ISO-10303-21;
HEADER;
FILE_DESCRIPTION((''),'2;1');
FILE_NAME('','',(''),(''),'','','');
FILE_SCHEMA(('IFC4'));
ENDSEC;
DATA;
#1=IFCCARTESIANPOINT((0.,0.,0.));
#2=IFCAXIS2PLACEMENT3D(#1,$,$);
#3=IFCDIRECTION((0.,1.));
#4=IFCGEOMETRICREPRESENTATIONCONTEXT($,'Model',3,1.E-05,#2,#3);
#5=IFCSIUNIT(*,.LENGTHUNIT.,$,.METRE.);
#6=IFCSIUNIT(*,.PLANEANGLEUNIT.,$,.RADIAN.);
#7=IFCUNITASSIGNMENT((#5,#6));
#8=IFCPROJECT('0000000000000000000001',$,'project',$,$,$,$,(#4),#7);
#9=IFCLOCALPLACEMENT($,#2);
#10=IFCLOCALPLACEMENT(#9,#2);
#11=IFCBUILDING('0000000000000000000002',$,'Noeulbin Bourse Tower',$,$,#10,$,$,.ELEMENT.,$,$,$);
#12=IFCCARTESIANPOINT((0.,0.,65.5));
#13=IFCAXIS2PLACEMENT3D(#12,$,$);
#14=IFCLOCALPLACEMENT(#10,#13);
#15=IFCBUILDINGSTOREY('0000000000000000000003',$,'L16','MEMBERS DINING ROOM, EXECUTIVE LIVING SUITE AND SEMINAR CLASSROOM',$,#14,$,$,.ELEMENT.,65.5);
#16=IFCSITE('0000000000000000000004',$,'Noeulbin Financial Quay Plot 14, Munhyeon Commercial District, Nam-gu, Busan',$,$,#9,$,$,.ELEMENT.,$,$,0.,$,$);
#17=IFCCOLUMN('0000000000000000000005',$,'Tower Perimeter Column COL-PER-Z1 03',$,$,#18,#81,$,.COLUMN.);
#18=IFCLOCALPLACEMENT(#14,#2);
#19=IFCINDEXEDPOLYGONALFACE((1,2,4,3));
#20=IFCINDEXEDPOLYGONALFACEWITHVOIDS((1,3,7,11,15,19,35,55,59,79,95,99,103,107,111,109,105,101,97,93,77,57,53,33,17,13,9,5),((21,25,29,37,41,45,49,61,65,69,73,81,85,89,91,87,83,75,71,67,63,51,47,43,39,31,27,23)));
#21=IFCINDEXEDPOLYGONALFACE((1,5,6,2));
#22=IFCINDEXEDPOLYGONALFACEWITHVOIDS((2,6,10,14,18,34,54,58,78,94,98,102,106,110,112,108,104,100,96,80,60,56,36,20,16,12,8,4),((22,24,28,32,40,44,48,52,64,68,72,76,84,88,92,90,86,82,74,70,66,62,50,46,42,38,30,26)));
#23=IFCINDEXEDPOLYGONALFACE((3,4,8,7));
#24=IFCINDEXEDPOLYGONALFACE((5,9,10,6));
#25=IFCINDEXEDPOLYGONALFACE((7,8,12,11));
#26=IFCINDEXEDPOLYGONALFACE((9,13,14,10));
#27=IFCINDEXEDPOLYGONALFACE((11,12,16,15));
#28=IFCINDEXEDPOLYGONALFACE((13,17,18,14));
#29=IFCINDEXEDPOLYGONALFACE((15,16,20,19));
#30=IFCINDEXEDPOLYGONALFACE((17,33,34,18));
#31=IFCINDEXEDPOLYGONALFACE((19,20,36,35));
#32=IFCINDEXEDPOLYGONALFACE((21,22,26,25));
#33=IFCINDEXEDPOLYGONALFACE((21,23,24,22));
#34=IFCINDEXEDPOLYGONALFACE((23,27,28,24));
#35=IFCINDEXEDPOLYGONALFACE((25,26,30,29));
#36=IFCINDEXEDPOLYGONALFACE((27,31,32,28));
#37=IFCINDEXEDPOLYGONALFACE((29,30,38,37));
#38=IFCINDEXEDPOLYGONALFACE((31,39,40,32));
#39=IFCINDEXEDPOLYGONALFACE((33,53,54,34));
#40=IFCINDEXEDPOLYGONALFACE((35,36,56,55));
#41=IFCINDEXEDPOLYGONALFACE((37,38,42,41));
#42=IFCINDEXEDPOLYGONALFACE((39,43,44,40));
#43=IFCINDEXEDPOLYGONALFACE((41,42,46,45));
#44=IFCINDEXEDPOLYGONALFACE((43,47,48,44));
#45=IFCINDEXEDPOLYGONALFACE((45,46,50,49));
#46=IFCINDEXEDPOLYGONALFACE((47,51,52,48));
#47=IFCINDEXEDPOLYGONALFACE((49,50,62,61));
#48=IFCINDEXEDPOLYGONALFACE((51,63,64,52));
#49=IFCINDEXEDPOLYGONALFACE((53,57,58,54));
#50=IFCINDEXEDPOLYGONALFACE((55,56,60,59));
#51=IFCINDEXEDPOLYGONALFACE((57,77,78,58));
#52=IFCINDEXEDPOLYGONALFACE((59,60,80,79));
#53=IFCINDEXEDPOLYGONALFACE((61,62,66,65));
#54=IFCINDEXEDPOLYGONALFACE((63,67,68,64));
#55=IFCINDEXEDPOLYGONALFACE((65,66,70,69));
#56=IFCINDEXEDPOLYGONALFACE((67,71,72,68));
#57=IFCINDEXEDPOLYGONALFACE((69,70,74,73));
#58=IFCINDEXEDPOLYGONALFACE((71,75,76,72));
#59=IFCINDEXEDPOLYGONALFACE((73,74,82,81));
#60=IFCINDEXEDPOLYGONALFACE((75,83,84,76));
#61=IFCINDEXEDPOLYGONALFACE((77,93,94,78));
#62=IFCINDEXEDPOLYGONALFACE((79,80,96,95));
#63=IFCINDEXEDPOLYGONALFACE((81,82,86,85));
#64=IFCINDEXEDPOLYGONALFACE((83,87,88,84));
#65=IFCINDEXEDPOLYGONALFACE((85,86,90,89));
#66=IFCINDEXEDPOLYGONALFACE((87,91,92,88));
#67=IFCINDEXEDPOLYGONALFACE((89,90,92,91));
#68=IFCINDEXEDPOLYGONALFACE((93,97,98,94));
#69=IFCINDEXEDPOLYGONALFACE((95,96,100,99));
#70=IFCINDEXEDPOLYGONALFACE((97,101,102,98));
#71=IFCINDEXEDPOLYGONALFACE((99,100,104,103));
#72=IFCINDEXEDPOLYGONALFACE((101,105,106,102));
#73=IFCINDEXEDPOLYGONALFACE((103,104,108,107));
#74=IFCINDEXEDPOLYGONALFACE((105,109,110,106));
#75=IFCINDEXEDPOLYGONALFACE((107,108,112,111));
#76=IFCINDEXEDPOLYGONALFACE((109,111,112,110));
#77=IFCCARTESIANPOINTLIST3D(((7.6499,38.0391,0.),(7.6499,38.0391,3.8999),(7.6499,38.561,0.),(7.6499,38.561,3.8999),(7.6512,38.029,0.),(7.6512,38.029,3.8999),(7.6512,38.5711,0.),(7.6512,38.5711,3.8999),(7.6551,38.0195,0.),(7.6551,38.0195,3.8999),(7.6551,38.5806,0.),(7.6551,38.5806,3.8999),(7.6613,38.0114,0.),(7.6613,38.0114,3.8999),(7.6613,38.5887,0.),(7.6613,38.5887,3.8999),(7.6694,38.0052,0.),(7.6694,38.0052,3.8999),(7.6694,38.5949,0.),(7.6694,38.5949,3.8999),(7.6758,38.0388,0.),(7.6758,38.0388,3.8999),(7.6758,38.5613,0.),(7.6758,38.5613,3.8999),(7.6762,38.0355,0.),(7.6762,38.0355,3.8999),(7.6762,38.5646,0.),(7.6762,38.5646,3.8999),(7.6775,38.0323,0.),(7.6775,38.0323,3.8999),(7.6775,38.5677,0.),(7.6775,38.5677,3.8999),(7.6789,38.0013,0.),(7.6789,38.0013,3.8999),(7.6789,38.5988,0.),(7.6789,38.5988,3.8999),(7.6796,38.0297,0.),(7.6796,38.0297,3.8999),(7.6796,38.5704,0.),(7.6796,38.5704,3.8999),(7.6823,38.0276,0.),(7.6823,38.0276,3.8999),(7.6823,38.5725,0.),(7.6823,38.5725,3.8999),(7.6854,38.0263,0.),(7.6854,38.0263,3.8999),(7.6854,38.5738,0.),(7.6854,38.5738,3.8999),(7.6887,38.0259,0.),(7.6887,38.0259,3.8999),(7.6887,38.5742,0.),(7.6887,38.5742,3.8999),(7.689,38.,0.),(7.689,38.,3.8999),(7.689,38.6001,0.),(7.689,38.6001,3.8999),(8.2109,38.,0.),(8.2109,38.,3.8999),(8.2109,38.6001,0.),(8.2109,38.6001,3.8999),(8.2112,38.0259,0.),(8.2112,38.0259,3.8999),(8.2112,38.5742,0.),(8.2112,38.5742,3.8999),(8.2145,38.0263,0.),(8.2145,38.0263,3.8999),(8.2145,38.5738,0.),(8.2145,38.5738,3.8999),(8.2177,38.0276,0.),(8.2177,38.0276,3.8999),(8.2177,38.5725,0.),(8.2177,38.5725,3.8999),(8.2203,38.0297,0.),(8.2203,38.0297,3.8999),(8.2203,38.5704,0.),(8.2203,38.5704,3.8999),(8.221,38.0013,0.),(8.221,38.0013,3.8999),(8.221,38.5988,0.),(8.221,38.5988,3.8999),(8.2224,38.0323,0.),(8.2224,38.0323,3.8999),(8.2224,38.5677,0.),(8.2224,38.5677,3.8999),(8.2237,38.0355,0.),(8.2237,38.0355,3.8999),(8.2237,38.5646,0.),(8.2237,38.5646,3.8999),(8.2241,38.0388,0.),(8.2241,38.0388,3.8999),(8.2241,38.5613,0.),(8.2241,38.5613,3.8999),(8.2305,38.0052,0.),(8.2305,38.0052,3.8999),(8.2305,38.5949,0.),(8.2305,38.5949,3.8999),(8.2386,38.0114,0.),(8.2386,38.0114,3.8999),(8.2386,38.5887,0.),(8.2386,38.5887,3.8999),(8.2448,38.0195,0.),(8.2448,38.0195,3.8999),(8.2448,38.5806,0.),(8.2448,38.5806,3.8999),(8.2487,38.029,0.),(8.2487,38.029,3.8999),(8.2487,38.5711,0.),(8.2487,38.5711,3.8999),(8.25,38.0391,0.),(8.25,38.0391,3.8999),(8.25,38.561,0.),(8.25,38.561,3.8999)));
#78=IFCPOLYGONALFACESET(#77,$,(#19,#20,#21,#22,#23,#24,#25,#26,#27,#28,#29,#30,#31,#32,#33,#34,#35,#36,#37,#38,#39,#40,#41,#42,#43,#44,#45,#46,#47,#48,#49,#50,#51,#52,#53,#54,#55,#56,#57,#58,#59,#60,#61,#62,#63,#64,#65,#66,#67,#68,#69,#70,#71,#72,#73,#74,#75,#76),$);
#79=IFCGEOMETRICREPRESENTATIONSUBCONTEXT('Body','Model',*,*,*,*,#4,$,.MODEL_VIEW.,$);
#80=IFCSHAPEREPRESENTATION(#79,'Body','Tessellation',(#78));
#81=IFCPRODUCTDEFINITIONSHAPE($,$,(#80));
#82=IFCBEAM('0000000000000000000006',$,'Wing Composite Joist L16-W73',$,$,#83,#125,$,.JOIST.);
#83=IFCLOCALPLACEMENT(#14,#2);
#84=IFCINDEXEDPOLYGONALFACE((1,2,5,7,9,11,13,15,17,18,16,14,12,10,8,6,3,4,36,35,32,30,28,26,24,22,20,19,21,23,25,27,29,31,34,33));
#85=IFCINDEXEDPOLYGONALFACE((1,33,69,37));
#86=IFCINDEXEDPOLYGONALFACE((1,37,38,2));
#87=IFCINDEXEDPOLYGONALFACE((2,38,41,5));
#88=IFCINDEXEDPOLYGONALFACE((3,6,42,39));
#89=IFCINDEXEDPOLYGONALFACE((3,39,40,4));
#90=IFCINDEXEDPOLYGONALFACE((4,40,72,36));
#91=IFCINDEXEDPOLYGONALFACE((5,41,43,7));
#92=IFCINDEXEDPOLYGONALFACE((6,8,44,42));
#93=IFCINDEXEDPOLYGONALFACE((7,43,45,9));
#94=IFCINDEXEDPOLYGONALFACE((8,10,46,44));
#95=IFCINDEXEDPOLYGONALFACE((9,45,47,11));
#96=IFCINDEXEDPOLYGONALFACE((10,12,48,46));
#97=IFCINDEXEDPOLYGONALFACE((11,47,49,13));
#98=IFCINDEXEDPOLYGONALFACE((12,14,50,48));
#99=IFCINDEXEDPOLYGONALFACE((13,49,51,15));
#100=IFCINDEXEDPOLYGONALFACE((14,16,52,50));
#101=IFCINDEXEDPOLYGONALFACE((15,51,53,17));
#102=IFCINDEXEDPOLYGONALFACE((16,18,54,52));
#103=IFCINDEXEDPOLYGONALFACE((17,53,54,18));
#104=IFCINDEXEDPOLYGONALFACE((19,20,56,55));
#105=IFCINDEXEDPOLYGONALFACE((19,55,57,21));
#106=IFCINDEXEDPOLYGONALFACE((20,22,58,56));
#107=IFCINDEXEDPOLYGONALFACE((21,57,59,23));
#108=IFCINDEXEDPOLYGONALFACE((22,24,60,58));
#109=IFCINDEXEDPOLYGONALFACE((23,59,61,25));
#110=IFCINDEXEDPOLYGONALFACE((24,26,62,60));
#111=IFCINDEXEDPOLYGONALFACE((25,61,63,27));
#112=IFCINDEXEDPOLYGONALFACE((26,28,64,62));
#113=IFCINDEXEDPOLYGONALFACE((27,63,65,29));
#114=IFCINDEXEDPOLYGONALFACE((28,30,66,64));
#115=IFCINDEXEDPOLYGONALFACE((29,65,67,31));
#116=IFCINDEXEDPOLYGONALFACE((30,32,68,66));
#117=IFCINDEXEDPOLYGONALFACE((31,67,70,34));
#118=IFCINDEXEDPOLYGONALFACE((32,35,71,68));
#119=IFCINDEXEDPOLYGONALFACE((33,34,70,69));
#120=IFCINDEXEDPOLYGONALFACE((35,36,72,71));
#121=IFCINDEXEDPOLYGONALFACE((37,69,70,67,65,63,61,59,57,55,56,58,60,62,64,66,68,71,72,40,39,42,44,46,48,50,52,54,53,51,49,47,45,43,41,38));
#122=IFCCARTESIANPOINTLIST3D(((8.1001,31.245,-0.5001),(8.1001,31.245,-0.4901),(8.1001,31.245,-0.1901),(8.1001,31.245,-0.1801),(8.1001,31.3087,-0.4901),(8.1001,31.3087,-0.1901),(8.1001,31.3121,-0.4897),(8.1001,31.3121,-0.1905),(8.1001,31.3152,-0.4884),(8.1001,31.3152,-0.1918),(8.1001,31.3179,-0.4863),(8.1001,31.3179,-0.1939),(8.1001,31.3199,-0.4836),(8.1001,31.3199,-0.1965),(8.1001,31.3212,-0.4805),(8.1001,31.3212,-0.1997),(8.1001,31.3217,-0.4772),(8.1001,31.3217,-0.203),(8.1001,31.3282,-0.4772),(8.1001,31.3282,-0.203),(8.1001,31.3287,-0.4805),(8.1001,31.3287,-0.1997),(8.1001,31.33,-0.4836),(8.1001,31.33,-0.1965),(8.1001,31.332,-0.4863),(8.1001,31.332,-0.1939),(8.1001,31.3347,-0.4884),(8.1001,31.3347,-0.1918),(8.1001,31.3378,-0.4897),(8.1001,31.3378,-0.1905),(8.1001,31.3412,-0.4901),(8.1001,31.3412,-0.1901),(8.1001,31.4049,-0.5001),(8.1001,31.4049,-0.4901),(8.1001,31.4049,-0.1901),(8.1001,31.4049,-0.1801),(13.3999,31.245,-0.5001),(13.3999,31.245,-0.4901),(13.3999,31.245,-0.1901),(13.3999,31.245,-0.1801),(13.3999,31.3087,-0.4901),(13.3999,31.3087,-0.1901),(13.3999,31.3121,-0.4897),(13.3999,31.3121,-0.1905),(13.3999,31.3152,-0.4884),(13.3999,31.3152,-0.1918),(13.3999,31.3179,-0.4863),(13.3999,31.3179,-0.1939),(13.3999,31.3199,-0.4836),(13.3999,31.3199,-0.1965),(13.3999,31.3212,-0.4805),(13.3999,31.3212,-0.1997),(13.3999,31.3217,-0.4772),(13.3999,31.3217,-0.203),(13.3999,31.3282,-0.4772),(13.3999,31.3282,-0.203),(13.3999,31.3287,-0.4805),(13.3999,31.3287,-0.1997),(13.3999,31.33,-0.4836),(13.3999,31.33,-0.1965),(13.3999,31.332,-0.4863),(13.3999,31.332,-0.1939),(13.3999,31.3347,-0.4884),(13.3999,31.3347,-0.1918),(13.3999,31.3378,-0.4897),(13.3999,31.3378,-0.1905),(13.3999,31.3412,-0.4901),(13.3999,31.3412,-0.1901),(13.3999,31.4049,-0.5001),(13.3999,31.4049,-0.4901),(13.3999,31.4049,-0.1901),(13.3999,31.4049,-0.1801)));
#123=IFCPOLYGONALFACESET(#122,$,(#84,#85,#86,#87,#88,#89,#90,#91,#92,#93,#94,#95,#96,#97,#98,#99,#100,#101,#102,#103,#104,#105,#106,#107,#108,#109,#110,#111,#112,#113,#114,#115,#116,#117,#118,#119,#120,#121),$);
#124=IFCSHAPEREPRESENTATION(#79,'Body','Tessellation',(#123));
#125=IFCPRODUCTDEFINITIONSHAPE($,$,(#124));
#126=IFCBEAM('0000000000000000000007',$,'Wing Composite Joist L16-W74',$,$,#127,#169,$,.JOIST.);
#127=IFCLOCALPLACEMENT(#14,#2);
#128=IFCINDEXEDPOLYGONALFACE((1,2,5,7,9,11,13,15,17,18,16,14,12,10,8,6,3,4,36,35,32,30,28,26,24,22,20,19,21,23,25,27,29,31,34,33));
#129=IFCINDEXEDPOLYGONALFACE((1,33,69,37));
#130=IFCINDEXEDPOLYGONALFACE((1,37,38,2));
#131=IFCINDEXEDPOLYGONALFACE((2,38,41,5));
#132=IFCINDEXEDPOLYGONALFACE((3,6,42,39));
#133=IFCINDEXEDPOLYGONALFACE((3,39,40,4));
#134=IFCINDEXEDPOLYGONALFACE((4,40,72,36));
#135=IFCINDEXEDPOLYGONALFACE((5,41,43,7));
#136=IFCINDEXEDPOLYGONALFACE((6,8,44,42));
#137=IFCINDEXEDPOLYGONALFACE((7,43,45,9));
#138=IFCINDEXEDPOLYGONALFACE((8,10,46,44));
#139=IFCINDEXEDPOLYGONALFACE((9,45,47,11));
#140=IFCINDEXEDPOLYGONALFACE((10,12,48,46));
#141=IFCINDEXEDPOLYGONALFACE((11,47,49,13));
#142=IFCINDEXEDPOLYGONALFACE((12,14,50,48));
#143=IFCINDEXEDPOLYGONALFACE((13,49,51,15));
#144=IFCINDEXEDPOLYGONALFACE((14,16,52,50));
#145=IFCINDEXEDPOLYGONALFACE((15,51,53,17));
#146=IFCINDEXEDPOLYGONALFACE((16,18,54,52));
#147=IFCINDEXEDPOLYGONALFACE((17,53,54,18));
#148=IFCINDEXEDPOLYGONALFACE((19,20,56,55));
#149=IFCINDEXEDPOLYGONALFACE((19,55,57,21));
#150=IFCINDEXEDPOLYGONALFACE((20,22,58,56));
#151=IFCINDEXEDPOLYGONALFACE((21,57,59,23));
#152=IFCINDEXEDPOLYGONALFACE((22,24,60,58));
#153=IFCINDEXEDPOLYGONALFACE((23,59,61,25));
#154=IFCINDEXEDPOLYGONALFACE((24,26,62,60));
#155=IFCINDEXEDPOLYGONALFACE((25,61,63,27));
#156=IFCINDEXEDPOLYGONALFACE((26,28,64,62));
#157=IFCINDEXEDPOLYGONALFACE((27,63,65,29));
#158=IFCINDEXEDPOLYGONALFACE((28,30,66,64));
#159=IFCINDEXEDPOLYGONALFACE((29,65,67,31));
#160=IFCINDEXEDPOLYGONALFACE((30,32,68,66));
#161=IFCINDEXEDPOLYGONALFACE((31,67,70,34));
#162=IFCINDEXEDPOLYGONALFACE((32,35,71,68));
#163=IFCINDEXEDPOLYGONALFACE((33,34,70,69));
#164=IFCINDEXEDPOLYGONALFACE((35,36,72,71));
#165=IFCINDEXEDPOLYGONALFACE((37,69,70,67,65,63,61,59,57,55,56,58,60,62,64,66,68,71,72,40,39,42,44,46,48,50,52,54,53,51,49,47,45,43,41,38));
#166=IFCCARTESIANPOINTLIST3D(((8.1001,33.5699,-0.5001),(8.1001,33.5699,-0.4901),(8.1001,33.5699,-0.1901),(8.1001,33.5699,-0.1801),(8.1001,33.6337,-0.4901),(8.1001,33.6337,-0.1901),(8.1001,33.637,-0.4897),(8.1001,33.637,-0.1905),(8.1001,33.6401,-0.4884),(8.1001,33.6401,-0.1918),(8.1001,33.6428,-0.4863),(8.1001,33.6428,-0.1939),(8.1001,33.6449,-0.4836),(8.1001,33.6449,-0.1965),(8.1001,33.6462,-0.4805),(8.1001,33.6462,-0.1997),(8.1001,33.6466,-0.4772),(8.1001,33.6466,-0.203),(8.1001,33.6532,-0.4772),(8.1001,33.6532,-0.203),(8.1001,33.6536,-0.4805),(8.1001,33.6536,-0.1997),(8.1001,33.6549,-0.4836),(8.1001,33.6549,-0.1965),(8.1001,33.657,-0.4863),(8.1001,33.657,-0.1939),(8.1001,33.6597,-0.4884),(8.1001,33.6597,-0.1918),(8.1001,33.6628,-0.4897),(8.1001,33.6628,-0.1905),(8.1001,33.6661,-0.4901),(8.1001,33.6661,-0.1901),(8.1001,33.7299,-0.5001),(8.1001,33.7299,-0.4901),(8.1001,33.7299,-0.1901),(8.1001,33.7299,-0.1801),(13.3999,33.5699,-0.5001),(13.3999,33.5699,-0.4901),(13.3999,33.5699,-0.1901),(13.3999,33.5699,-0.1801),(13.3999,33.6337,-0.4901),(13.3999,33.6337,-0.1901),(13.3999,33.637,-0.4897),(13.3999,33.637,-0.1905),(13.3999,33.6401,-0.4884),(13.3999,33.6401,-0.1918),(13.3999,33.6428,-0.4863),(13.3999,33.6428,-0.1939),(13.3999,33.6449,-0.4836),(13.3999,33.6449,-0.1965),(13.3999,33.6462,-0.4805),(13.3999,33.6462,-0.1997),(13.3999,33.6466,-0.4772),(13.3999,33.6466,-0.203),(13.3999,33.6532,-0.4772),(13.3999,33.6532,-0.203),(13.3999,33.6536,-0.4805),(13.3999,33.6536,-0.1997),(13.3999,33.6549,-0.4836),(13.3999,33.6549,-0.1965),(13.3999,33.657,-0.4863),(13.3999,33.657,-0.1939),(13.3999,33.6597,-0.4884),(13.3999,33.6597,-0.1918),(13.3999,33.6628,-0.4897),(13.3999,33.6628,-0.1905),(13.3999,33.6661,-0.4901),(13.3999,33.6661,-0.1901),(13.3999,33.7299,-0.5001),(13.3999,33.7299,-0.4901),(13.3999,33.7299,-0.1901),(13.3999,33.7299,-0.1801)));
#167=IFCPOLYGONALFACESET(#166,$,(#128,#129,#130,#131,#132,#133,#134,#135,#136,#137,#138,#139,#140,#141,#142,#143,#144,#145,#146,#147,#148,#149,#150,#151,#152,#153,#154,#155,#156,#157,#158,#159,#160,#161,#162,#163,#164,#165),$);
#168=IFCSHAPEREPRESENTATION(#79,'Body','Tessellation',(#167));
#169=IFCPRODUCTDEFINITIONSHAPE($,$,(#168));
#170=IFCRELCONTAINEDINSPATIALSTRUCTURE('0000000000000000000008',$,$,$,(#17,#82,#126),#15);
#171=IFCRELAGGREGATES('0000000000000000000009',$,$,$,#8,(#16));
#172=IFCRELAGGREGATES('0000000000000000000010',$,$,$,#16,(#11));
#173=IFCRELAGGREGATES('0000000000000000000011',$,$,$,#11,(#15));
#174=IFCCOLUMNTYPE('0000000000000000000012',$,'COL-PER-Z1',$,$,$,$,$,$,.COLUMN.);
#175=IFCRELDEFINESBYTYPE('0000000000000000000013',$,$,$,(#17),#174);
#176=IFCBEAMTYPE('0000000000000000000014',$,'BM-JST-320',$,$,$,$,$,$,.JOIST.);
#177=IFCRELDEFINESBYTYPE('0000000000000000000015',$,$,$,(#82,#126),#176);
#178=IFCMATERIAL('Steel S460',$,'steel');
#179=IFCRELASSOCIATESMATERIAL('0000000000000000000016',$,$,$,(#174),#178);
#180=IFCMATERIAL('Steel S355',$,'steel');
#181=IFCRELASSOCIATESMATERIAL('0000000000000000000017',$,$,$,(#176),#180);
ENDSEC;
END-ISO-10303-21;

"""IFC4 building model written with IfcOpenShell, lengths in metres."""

from ifc_helpers import new_model, si_unit, direction, frame, origin, origin_2d, place, context, subcontext, project, spatial, hollow_rectangle, i_section, extrude, material, material_profile, profile_set, type_object, element, save


model = new_model("IFC4")

# Units and contexts
model_context = context("Model", 3, precision=1e-05, world=origin(), true_north=direction((0.0, 1.0)))
body_context = subcontext(model_context, "Body", "Model", "MODEL_VIEW")
ifc_project = project(units=[si_unit("LENGTHUNIT", "METRE"), si_unit("PLANEANGLEUNIT", "RADIAN")], contexts=[model_context])

# Site, building, storey
site_placement = place(None, origin())
site = spatial("IfcSite", under=ifc_project, at=site_placement, Name="Noeulbin Financial Quay Plot 14, Munhyeon Commercial District, Nam-gu, Busan", CompositionType="ELEMENT", RefElevation=0.0)
building_placement = place(site_placement, origin())
building = spatial("IfcBuilding", under=site, at=building_placement, Name="Noeulbin Bourse Tower", CompositionType="ELEMENT")
storey_placement = place(building_placement, frame((0.0, 0.0, 65.5)))
storey = spatial("IfcBuildingStorey", under=building, at=storey_placement, Name="L16", Description="MEMBERS DINING ROOM, EXECUTIVE LIVING SUITE AND SEMINAR CLASSROOM", CompositionType="ELEMENT", Elevation=65.5)

# Column
ifc_material_1 = material(Name="Steel S460", Category="steel")
ifc_material_profile_1 = material_profile(ifc_material_1, hollow_rectangle(XDim=0.6001, YDim=0.6001, WallThickness=0.0259, InnerFilletRadius=0.0129, OuterFilletRadius=0.0391, at=origin_2d()), Name="BOX-600x600x26", Category="LoadBearing")
ifc_profile_set_1 = profile_set([ifc_material_profile_1], Name="Steel S460")
column_type = type_object("IfcColumnType", Name="COL-PER-Z1", PredefinedType="COLUMN", material=ifc_profile_set_1)
column_placement = place(storey_placement, frame((7.95, 38.3, 0.0), z_axis=(0.0, 0.0, 1.0), x_axis=(1.0, 0.0, 0.0)))
element("IfcColumn", 1, at=column_placement, inside=storey, type_object=column_type, Name="Tower Perimeter Column COL-PER-Z1 03", PredefinedType="COLUMN", context=body_context, shape_type="SweptSolid", body=[
    extrude(hollow_rectangle(XDim=0.6001, YDim=0.6001, WallThickness=0.0259, InnerFilletRadius=0.0129, OuterFilletRadius=0.0391, at=origin_2d()), origin(), (0.0, 0.0, 1.0), 3.8999),
])

# Beams
ifc_material_2 = material(Name="Steel S355", Category="steel")
ifc_material_profile_2 = material_profile(ifc_material_2, i_section(OverallWidth=0.1599, OverallDepth=0.3201, WebThickness=0.0066, FlangeThickness=0.01, FilletRadius=0.0129, at=origin_2d()), Name="H-320x160x6.5x10", Category="LoadBearing")
ifc_profile_set_2 = profile_set([ifc_material_profile_2], Name="Steel S355")
beam_type = type_object("IfcBeamType", Name="BM-JST-320", PredefinedType="JOIST", material=ifc_profile_set_2)
for number, where, z_axis, x_axis, name in (
    (2, (8.1001, 31.325, -0.3401), (1.0, 0.0, 0.0), (0.0, 1.0, 0.0), "Wing Composite Joist L16-W73"),
    (3, (8.1001, 33.6499, -0.3401), (1.0, 0.0, 0.0), (0.0, 1.0, 0.0), "Wing Composite Joist L16-W74"),
):
    element("IfcBeam", number, at=place(storey_placement, frame(where, z_axis=z_axis, x_axis=x_axis)), inside=storey, type_object=beam_type, Name=name, PredefinedType="JOIST", context=body_context, shape_type="SweptSolid", body=[
        extrude(i_section(OverallWidth=0.1599, OverallDepth=0.3201, WebThickness=0.0066, FlangeThickness=0.01, FilletRadius=0.0129, at=origin_2d()), origin(), (0.0, 0.0, 1.0), 5.2998),
    ])

save(model, "model.ifc")
